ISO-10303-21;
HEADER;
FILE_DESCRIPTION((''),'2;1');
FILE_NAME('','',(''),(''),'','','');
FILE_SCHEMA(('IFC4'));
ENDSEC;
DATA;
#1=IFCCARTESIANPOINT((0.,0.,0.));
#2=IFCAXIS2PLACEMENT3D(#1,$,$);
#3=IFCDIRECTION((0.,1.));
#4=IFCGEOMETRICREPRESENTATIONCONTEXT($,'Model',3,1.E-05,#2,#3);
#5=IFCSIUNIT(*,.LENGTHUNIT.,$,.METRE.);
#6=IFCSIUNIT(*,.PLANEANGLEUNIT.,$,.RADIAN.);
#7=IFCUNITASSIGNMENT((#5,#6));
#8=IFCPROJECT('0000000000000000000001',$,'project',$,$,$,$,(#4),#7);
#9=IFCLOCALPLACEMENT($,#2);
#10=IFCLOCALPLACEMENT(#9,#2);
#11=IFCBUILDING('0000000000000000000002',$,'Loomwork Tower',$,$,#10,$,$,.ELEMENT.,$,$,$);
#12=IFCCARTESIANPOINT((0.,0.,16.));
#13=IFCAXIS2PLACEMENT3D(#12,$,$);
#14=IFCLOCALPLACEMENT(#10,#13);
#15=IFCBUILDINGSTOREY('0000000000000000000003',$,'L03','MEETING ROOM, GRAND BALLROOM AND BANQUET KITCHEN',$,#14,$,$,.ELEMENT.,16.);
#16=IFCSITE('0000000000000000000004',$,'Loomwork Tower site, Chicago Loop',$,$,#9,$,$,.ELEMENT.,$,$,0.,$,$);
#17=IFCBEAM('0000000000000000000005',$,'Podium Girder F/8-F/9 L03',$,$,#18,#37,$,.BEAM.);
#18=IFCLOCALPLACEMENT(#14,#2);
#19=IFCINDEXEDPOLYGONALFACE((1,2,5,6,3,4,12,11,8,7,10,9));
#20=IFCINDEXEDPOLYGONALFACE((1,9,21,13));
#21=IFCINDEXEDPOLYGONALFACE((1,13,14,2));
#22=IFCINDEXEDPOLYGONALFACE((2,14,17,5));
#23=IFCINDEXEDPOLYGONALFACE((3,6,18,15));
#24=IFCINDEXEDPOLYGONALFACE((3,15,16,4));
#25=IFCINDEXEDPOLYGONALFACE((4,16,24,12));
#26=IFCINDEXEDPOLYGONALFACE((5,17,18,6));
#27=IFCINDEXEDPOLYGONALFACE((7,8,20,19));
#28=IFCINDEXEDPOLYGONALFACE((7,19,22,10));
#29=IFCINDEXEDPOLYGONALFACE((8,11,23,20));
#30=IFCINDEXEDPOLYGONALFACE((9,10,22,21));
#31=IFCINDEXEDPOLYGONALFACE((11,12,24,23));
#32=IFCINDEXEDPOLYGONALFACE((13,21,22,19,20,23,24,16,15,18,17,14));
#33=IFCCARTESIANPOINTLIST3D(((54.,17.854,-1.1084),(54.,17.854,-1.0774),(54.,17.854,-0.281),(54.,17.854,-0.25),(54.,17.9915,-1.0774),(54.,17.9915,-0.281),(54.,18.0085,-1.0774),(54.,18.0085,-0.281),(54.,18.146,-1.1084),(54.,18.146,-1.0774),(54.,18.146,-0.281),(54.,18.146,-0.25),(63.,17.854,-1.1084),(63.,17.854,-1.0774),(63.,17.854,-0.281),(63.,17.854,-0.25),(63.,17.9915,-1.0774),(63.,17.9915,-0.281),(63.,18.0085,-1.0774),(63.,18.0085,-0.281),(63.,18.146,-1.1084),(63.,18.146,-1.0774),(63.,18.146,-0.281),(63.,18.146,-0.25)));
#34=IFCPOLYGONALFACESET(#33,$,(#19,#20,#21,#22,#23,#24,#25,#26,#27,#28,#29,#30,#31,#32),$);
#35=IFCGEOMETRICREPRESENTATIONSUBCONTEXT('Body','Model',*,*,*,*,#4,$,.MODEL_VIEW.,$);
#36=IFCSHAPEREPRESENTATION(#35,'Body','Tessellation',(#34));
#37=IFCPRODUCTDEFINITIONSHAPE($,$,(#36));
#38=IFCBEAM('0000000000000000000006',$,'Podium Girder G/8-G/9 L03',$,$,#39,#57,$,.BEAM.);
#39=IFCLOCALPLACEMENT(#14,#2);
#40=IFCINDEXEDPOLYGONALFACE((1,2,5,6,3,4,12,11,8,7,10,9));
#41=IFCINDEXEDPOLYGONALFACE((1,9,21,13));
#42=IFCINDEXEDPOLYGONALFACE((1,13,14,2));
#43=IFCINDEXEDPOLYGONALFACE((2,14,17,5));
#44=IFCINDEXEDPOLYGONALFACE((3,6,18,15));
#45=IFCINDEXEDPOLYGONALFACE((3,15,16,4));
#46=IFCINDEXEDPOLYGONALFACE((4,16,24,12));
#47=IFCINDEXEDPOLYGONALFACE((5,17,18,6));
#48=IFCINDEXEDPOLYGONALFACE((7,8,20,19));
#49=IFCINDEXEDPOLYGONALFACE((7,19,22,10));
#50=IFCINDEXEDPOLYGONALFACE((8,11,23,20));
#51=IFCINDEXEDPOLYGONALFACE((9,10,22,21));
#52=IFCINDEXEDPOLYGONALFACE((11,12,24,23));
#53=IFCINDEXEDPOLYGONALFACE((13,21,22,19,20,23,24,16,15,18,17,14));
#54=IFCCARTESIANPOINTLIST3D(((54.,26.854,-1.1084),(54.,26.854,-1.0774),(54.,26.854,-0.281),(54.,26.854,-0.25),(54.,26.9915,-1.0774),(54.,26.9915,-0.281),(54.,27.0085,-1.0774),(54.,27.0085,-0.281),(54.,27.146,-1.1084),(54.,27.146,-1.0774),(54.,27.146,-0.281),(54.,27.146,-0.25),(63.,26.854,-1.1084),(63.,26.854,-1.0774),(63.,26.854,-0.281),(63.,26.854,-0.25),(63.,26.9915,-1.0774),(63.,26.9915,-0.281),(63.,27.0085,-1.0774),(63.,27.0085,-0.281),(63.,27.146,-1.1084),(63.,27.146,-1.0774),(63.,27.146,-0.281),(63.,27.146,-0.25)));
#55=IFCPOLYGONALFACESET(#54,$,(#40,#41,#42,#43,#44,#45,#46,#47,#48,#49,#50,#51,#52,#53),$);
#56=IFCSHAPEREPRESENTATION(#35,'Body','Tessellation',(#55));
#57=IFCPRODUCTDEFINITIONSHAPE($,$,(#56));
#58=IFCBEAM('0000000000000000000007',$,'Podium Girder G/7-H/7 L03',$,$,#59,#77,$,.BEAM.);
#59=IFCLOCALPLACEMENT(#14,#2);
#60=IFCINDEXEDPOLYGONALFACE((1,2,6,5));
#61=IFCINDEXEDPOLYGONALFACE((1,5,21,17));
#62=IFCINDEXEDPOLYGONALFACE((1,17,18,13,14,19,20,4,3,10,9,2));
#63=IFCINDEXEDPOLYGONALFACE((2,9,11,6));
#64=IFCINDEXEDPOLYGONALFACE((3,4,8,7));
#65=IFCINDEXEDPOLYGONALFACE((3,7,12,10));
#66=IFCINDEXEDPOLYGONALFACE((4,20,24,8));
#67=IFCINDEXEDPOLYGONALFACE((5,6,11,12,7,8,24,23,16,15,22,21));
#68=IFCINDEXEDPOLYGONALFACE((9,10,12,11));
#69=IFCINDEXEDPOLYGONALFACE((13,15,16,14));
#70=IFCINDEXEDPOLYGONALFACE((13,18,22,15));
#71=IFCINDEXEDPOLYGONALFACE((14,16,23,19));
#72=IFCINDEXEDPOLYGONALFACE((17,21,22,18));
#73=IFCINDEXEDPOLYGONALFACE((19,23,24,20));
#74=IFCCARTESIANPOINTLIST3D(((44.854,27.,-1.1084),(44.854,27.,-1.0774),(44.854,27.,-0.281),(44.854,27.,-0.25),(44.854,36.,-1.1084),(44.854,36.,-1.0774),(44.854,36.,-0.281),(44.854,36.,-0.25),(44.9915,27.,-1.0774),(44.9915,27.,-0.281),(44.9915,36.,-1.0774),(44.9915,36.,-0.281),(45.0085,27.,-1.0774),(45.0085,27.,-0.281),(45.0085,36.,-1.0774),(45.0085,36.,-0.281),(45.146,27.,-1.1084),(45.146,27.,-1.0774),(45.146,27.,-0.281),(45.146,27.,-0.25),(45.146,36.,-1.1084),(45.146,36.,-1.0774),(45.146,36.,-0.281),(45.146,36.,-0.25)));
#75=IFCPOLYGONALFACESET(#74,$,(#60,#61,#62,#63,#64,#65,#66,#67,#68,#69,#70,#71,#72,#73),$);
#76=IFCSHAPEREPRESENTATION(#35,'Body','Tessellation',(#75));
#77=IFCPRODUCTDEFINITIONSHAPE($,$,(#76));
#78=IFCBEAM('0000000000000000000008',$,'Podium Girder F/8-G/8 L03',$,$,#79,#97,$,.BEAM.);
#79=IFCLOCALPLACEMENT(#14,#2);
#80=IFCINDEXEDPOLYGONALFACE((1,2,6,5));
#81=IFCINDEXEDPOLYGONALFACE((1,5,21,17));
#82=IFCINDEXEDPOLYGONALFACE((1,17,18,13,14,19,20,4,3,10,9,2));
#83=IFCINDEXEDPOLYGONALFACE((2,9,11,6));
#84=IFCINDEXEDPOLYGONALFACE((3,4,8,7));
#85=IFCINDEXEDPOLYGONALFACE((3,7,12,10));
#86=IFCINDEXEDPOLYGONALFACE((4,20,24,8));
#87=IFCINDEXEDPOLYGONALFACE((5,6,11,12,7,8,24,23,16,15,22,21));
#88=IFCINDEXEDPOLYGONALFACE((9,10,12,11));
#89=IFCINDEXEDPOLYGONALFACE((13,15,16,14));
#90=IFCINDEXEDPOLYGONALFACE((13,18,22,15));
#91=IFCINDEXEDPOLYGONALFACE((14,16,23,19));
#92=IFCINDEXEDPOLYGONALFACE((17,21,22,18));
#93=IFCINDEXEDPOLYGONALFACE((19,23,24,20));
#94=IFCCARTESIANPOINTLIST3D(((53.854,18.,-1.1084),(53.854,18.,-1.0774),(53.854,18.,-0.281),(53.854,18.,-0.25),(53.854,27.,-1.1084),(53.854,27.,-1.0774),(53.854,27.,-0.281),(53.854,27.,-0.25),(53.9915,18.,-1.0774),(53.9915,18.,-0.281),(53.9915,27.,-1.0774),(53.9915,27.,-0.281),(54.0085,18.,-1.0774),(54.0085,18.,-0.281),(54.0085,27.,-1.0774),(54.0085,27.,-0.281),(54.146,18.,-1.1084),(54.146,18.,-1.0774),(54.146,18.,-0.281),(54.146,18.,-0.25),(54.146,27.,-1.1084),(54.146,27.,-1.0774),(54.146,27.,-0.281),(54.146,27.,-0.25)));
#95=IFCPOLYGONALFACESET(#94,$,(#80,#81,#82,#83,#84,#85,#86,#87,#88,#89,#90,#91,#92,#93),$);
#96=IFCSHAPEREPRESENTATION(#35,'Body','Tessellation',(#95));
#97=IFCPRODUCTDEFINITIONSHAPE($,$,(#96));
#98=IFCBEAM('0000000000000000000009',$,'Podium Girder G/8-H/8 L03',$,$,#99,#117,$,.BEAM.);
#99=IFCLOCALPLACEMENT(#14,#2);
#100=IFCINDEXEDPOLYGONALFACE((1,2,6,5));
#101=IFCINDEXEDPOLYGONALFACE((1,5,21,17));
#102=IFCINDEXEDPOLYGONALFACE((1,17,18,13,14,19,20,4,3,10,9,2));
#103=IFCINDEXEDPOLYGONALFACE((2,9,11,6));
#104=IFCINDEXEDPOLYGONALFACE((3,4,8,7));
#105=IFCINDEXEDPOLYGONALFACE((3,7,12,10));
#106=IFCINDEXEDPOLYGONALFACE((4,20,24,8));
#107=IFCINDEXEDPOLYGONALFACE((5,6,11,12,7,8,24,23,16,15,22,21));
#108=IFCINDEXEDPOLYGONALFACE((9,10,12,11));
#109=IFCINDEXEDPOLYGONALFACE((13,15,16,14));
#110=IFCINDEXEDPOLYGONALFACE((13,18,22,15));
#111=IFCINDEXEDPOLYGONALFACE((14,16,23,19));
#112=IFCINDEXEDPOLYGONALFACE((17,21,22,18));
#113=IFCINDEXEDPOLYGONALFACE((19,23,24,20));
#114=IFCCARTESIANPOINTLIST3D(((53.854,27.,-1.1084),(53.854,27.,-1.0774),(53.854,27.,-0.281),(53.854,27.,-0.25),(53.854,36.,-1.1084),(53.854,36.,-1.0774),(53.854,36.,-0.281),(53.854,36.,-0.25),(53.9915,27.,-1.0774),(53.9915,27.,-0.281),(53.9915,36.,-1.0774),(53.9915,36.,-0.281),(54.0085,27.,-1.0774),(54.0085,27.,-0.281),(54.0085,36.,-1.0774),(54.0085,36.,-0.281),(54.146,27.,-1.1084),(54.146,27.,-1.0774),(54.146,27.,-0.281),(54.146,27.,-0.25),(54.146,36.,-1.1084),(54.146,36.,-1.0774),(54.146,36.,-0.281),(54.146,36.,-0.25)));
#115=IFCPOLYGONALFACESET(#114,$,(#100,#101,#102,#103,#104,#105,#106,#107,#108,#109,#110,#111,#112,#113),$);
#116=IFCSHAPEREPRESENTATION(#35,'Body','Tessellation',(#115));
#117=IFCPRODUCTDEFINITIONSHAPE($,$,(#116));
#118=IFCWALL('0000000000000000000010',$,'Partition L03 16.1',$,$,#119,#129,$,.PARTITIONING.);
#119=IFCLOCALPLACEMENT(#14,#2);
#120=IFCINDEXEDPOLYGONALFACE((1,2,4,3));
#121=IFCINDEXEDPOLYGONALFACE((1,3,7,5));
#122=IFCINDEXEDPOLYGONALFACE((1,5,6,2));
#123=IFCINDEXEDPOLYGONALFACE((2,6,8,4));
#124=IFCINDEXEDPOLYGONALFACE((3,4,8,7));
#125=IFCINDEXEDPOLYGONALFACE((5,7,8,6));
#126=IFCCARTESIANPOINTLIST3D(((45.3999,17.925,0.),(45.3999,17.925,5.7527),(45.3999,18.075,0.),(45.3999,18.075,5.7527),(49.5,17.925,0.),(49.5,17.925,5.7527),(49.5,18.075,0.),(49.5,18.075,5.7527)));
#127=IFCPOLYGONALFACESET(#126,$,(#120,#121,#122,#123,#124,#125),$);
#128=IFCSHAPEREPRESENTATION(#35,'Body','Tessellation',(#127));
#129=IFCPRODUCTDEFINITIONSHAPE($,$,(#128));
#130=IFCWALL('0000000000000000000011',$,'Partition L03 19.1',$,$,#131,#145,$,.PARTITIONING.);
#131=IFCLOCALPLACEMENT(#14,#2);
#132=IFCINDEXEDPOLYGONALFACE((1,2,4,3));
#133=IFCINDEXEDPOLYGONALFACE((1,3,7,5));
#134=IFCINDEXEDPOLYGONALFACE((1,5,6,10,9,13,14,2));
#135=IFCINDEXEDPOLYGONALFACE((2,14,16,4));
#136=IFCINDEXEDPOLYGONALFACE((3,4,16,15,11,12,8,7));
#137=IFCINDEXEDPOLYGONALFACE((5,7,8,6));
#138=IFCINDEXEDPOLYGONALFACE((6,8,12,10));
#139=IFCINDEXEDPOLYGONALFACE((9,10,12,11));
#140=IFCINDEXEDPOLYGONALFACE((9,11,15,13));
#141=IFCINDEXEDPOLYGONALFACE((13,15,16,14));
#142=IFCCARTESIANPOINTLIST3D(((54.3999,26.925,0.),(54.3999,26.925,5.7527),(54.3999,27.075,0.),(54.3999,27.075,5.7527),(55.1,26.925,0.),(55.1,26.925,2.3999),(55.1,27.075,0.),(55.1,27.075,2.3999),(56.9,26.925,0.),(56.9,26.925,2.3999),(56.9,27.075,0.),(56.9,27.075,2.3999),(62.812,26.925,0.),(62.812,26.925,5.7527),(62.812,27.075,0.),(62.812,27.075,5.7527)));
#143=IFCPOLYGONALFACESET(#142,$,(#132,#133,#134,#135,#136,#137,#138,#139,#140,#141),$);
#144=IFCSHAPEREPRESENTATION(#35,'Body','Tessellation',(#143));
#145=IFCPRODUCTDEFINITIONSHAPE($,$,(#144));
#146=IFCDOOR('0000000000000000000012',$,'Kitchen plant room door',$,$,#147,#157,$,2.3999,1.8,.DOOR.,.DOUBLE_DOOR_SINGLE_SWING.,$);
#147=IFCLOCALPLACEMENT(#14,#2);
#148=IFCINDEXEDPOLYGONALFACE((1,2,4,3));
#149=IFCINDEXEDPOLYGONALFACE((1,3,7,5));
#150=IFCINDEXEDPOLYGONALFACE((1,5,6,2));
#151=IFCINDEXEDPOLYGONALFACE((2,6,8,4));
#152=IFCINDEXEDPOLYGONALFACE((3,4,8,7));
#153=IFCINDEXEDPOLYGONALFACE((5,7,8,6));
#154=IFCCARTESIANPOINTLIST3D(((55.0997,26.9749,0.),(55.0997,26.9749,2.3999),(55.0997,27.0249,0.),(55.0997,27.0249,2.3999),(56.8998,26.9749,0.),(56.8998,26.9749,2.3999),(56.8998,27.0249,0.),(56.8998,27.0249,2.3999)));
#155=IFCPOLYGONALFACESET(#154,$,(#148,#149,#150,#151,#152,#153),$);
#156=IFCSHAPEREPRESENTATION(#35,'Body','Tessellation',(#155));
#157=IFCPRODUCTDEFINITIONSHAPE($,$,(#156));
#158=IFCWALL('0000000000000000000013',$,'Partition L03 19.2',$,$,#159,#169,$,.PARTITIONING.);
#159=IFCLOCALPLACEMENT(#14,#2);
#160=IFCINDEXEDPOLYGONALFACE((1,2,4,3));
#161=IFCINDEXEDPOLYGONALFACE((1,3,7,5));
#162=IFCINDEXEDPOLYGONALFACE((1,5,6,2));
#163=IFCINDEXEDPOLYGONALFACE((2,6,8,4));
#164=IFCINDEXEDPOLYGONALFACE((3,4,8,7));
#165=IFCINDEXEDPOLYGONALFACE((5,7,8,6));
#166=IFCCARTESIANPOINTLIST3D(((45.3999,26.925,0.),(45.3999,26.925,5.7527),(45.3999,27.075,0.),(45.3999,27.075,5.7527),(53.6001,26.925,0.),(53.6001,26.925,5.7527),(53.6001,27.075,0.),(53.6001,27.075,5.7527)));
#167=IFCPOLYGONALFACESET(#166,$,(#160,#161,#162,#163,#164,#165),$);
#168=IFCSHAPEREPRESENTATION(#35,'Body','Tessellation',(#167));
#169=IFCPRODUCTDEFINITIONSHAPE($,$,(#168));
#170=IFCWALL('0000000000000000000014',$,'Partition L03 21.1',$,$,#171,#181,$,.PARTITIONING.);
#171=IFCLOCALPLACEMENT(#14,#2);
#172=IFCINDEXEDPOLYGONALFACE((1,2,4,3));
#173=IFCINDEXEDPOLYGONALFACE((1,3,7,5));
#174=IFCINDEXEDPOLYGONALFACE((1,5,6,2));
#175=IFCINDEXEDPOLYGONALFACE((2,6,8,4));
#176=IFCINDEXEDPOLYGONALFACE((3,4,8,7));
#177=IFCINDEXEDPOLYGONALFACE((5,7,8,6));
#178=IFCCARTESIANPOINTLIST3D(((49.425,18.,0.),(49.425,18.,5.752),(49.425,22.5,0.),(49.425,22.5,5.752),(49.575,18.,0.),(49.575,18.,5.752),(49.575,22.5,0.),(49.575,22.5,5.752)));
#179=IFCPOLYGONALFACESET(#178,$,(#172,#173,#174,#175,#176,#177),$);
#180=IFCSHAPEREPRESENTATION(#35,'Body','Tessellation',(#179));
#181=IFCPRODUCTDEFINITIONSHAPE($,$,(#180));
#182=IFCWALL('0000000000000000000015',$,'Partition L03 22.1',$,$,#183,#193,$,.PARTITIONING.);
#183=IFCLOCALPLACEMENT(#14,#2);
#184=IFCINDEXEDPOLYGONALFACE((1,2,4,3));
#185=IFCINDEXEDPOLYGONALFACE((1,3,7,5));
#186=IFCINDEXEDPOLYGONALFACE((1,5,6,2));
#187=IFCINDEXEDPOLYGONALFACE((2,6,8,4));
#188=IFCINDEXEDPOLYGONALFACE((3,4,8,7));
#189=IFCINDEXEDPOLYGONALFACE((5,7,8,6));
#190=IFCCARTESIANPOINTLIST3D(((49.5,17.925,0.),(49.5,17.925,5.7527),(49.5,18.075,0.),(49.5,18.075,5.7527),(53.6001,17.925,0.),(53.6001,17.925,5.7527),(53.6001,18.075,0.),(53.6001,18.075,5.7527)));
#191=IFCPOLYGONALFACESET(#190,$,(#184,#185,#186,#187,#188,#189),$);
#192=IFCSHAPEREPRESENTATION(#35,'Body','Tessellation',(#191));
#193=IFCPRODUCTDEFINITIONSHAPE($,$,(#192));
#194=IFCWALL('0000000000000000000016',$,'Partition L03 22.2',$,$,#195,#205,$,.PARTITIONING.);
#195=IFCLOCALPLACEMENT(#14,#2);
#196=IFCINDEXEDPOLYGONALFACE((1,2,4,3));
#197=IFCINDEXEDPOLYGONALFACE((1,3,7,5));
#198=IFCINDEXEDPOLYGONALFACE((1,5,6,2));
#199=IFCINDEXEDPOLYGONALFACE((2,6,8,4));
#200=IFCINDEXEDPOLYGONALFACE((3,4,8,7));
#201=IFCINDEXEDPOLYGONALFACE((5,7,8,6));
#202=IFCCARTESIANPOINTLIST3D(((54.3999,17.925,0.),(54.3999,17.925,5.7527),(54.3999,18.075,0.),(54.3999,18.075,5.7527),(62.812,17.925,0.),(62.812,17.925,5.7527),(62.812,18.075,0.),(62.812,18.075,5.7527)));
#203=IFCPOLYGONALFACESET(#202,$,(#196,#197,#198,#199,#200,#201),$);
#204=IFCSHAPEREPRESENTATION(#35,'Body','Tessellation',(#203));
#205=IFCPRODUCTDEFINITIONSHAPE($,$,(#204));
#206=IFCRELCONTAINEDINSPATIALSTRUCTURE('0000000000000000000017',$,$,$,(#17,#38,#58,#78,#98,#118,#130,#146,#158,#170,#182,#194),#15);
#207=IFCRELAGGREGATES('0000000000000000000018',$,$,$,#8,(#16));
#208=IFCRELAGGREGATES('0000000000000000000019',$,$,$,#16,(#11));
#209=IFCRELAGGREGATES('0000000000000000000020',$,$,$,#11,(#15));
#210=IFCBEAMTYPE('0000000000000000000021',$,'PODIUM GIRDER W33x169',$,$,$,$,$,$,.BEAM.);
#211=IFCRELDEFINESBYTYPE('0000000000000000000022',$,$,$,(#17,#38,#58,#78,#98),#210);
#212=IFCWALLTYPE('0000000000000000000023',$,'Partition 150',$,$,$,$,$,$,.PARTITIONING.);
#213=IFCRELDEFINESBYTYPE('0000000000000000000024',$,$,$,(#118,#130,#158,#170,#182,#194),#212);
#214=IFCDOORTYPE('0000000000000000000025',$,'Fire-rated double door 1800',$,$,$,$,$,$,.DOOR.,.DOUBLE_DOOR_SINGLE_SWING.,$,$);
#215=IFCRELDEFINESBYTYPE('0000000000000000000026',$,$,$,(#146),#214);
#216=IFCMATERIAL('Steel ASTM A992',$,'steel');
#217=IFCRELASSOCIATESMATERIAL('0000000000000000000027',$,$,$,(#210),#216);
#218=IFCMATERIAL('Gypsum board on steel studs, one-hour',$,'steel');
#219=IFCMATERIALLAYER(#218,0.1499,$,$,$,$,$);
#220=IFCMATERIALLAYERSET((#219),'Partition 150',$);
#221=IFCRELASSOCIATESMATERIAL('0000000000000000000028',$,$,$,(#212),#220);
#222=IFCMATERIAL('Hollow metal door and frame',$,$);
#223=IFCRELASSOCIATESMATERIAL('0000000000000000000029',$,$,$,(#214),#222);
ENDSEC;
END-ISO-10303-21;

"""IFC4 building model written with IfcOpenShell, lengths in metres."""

from ifc_helpers import new_model, si_unit, direction, frame, frame_2d, origin, origin_2d, place, context, subcontext, project, spatial, rectangle, i_section, extrude, material, layer, layer_set, material_profile, profile_set, type_object, element, fill, save


model = new_model("IFC4")

# Units and contexts
model_context = context("Model", 3, precision=1e-05, world=origin(), true_north=direction((0.0, 1.0)))
body_context = subcontext(model_context, "Body", "Model", "MODEL_VIEW")
ifc_project = project(units=[si_unit("LENGTHUNIT", "METRE"), si_unit("PLANEANGLEUNIT", "RADIAN")], contexts=[model_context])

# Site, building, storey
site_placement = place(None, origin())
site = spatial("IfcSite", under=ifc_project, at=site_placement, Name="Loomwork Tower site, Chicago Loop", CompositionType="ELEMENT", RefElevation=0.0)
building_placement = place(site_placement, origin())
building = spatial("IfcBuilding", under=site, at=building_placement, Name="Loomwork Tower", CompositionType="ELEMENT")
storey_placement = place(building_placement, frame((0.0, 0.0, 16.0)))
storey = spatial("IfcBuildingStorey", under=building, at=storey_placement, Name="L03", Description="MEETING ROOM, GRAND BALLROOM AND BANQUET KITCHEN", CompositionType="ELEMENT", Elevation=16.0)

# Beams
ifc_material_1 = material(Name="Steel ASTM A992", Category="steel")
ifc_material_profile_1 = material_profile(ifc_material_1, i_section(OverallWidth=0.292, OverallDepth=0.8584, WebThickness=0.0171, FlangeThickness=0.031, at=origin_2d()), Name="W33x169")
ifc_profile_set_1 = profile_set([ifc_material_profile_1], Name="Steel ASTM A992")
beam_type_1 = type_object("IfcBeamType", Name="PODIUM GIRDER W33x169", PredefinedType="BEAM", material=ifc_profile_set_1)
for number, where, z_axis, x_axis, name in (
    (1, (54.0, 18.0, -0.6792), (1.0, 0.0, 0.0), (0.0, 1.0, 0.0), "Podium Girder F/8-F/9 L03"),
    (2, (54.0, 27.0, -0.6792), (1.0, 0.0, 0.0), (0.0, 1.0, 0.0), "Podium Girder G/8-G/9 L03"),
    (3, (45.0, 27.0, -0.6792), (0.0, 1.0, 0.0), (-1.0, 0.0, 0.0), "Podium Girder G/7-H/7 L03"),
    (4, (54.0, 18.0, -0.6792), (0.0, 1.0, 0.0), (-1.0, 0.0, 0.0), "Podium Girder F/8-G/8 L03"),
    (5, (54.0, 27.0, -0.6792), (0.0, 1.0, 0.0), (-1.0, 0.0, 0.0), "Podium Girder G/8-H/8 L03"),
):
    element("IfcBeam", number, at=place(storey_placement, frame(where, z_axis=z_axis, x_axis=x_axis)), inside=storey, type_object=beam_type_1, Name=name, PredefinedType="BEAM", context=body_context, shape_type="SweptSolid", body=[
        extrude(i_section(OverallWidth=0.292, OverallDepth=0.8584, WebThickness=0.0171, FlangeThickness=0.031, at=origin_2d()), origin(), (0.0, 0.0, 1.0), 9.0),
    ])

# Wall
ifc_material_2 = material(Name="Gypsum board on steel studs, one-hour", Category="steel")
ifc_layer_1 = layer(ifc_material_2, 0.1499)
ifc_layer_set_1 = layer_set([ifc_layer_1], Name="Partition 150")
wall_type = type_object("IfcWallType", Name="Partition 150", PredefinedType="PARTITIONING", material=ifc_layer_set_1)
wall_1_placement = place(storey_placement, frame((45.3999, 18.0, 0.0), z_axis=(0.0, 0.0, 1.0), x_axis=(1.0, 0.0, 0.0)))
element("IfcWall", 6, at=wall_1_placement, inside=storey, type_object=wall_type, Name="Partition L03 16.1", PredefinedType="PARTITIONING", context=body_context, shape_type="SweptSolid", body=[
    extrude(rectangle(XDim=4.1001, YDim=0.1499, at=frame_2d((2.05, 0.0))), origin(), (0.0, 0.0, 1.0), 5.7527),
])

# Wall, opening, door
wall_2_placement = place(storey_placement, frame((62.812, 27.0, 0.0), z_axis=(0.0, 0.0, 1.0), x_axis=(-1.0, 0.0, 0.0)))
wall_2 = element("IfcWall", 7, at=wall_2_placement, inside=storey, type_object=wall_type, Name="Partition L03 19.1", PredefinedType="PARTITIONING", context=body_context, shape_type="SweptSolid", body=[
    extrude(rectangle(XDim=8.4121, YDim=0.1499, at=frame_2d((4.2061, 0.0))), origin(), (0.0, 0.0, 1.0), 5.7527),
])
opening_placement = place(wall_2_placement, frame((5.9121, 0.0, 0.0)))
opening = element("IfcOpeningElement", 8, at=opening_placement, cuts=wall_2, PredefinedType="OPENING", context=body_context, shape_type="SweptSolid", body=[
    extrude(rectangle(XDim=1.8, YDim=2.3999, at=frame_2d((0.8999, 1.2))), frame((0.0, 0.085, 0.0), z_axis=(0.0, -1.0, 0.0), x_axis=(1.0, 0.0, 0.0)), (0.0, 0.0, 1.0), 0.1699),
])
ifc_material_3 = material(Name="Hollow metal door and frame")
door_type = type_object("IfcDoorType", Name="Fire-rated double door 1800", OperationType="DOUBLE_DOOR_SINGLE_SWING", PredefinedType="DOOR", material=ifc_material_3)
door_placement = place(opening_placement, frame((1.8, 0.0, 0.0), z_axis=(0.0, 0.0, 1.0), x_axis=(-1.0, 0.0, 0.0)))
door = element("IfcDoor", 9, at=door_placement, inside=storey, type_object=door_type, Name="Kitchen plant room door", OperationType="DOUBLE_DOOR_SINGLE_SWING", OverallHeight=2.3999, OverallWidth=1.8, PredefinedType="DOOR", context=body_context, shape_type="SweptSolid", body=[
    extrude(rectangle(XDim=1.8, YDim=2.3999, at=frame_2d((0.8999, 1.2))), frame((0.0, 0.0249, 0.0), z_axis=(0.0, -1.0, 0.0), x_axis=(1.0, 0.0, 0.0)), (0.0, 0.0, 1.0), 0.05),
])
fill(opening, door)

# Walls
wall_3_placement = place(storey_placement, frame((53.6001, 27.0, 0.0), z_axis=(0.0, 0.0, 1.0), x_axis=(-1.0, 0.0, 0.0)))
element("IfcWall", 10, at=wall_3_placement, inside=storey, type_object=wall_type, Name="Partition L03 19.2", PredefinedType="PARTITIONING", context=body_context, shape_type="SweptSolid", body=[
    extrude(rectangle(XDim=8.2002, YDim=0.1499, at=frame_2d((4.1001, 0.0))), origin(), (0.0, 0.0, 1.0), 5.7527),
])
wall_4_placement = place(storey_placement, frame((49.5, 22.5, 0.0), z_axis=(0.0, 0.0, 1.0), x_axis=(0.0, -1.0, 0.0)))
element("IfcWall", 11, at=wall_4_placement, inside=storey, type_object=wall_type, Name="Partition L03 21.1", PredefinedType="PARTITIONING", context=body_context, shape_type="SweptSolid", body=[
    extrude(rectangle(XDim=4.5, YDim=0.1499, at=frame_2d((2.25, 0.0))), origin(), (0.0, 0.0, 1.0), 5.752),
])
wall_5_placement = place(storey_placement, frame((49.5, 18.0, 0.0), z_axis=(0.0, 0.0, 1.0), x_axis=(1.0, 0.0, 0.0)))
element("IfcWall", 12, at=wall_5_placement, inside=storey, type_object=wall_type, Name="Partition L03 22.1", PredefinedType="PARTITIONING", context=body_context, shape_type="SweptSolid", body=[
    extrude(rectangle(XDim=4.1001, YDim=0.1499, at=frame_2d((2.05, 0.0))), origin(), (0.0, 0.0, 1.0), 5.7527),
])
wall_6_placement = place(storey_placement, frame((54.3999, 18.0, 0.0), z_axis=(0.0, 0.0, 1.0), x_axis=(1.0, 0.0, 0.0)))
element("IfcWall", 13, at=wall_6_placement, inside=storey, type_object=wall_type, Name="Partition L03 22.2", PredefinedType="PARTITIONING", context=body_context, shape_type="SweptSolid", body=[
    extrude(rectangle(XDim=8.4121, YDim=0.1499, at=frame_2d((4.2061, 0.0))), origin(), (0.0, 0.0, 1.0), 5.7527),
])

save(model, "model.ifc")
